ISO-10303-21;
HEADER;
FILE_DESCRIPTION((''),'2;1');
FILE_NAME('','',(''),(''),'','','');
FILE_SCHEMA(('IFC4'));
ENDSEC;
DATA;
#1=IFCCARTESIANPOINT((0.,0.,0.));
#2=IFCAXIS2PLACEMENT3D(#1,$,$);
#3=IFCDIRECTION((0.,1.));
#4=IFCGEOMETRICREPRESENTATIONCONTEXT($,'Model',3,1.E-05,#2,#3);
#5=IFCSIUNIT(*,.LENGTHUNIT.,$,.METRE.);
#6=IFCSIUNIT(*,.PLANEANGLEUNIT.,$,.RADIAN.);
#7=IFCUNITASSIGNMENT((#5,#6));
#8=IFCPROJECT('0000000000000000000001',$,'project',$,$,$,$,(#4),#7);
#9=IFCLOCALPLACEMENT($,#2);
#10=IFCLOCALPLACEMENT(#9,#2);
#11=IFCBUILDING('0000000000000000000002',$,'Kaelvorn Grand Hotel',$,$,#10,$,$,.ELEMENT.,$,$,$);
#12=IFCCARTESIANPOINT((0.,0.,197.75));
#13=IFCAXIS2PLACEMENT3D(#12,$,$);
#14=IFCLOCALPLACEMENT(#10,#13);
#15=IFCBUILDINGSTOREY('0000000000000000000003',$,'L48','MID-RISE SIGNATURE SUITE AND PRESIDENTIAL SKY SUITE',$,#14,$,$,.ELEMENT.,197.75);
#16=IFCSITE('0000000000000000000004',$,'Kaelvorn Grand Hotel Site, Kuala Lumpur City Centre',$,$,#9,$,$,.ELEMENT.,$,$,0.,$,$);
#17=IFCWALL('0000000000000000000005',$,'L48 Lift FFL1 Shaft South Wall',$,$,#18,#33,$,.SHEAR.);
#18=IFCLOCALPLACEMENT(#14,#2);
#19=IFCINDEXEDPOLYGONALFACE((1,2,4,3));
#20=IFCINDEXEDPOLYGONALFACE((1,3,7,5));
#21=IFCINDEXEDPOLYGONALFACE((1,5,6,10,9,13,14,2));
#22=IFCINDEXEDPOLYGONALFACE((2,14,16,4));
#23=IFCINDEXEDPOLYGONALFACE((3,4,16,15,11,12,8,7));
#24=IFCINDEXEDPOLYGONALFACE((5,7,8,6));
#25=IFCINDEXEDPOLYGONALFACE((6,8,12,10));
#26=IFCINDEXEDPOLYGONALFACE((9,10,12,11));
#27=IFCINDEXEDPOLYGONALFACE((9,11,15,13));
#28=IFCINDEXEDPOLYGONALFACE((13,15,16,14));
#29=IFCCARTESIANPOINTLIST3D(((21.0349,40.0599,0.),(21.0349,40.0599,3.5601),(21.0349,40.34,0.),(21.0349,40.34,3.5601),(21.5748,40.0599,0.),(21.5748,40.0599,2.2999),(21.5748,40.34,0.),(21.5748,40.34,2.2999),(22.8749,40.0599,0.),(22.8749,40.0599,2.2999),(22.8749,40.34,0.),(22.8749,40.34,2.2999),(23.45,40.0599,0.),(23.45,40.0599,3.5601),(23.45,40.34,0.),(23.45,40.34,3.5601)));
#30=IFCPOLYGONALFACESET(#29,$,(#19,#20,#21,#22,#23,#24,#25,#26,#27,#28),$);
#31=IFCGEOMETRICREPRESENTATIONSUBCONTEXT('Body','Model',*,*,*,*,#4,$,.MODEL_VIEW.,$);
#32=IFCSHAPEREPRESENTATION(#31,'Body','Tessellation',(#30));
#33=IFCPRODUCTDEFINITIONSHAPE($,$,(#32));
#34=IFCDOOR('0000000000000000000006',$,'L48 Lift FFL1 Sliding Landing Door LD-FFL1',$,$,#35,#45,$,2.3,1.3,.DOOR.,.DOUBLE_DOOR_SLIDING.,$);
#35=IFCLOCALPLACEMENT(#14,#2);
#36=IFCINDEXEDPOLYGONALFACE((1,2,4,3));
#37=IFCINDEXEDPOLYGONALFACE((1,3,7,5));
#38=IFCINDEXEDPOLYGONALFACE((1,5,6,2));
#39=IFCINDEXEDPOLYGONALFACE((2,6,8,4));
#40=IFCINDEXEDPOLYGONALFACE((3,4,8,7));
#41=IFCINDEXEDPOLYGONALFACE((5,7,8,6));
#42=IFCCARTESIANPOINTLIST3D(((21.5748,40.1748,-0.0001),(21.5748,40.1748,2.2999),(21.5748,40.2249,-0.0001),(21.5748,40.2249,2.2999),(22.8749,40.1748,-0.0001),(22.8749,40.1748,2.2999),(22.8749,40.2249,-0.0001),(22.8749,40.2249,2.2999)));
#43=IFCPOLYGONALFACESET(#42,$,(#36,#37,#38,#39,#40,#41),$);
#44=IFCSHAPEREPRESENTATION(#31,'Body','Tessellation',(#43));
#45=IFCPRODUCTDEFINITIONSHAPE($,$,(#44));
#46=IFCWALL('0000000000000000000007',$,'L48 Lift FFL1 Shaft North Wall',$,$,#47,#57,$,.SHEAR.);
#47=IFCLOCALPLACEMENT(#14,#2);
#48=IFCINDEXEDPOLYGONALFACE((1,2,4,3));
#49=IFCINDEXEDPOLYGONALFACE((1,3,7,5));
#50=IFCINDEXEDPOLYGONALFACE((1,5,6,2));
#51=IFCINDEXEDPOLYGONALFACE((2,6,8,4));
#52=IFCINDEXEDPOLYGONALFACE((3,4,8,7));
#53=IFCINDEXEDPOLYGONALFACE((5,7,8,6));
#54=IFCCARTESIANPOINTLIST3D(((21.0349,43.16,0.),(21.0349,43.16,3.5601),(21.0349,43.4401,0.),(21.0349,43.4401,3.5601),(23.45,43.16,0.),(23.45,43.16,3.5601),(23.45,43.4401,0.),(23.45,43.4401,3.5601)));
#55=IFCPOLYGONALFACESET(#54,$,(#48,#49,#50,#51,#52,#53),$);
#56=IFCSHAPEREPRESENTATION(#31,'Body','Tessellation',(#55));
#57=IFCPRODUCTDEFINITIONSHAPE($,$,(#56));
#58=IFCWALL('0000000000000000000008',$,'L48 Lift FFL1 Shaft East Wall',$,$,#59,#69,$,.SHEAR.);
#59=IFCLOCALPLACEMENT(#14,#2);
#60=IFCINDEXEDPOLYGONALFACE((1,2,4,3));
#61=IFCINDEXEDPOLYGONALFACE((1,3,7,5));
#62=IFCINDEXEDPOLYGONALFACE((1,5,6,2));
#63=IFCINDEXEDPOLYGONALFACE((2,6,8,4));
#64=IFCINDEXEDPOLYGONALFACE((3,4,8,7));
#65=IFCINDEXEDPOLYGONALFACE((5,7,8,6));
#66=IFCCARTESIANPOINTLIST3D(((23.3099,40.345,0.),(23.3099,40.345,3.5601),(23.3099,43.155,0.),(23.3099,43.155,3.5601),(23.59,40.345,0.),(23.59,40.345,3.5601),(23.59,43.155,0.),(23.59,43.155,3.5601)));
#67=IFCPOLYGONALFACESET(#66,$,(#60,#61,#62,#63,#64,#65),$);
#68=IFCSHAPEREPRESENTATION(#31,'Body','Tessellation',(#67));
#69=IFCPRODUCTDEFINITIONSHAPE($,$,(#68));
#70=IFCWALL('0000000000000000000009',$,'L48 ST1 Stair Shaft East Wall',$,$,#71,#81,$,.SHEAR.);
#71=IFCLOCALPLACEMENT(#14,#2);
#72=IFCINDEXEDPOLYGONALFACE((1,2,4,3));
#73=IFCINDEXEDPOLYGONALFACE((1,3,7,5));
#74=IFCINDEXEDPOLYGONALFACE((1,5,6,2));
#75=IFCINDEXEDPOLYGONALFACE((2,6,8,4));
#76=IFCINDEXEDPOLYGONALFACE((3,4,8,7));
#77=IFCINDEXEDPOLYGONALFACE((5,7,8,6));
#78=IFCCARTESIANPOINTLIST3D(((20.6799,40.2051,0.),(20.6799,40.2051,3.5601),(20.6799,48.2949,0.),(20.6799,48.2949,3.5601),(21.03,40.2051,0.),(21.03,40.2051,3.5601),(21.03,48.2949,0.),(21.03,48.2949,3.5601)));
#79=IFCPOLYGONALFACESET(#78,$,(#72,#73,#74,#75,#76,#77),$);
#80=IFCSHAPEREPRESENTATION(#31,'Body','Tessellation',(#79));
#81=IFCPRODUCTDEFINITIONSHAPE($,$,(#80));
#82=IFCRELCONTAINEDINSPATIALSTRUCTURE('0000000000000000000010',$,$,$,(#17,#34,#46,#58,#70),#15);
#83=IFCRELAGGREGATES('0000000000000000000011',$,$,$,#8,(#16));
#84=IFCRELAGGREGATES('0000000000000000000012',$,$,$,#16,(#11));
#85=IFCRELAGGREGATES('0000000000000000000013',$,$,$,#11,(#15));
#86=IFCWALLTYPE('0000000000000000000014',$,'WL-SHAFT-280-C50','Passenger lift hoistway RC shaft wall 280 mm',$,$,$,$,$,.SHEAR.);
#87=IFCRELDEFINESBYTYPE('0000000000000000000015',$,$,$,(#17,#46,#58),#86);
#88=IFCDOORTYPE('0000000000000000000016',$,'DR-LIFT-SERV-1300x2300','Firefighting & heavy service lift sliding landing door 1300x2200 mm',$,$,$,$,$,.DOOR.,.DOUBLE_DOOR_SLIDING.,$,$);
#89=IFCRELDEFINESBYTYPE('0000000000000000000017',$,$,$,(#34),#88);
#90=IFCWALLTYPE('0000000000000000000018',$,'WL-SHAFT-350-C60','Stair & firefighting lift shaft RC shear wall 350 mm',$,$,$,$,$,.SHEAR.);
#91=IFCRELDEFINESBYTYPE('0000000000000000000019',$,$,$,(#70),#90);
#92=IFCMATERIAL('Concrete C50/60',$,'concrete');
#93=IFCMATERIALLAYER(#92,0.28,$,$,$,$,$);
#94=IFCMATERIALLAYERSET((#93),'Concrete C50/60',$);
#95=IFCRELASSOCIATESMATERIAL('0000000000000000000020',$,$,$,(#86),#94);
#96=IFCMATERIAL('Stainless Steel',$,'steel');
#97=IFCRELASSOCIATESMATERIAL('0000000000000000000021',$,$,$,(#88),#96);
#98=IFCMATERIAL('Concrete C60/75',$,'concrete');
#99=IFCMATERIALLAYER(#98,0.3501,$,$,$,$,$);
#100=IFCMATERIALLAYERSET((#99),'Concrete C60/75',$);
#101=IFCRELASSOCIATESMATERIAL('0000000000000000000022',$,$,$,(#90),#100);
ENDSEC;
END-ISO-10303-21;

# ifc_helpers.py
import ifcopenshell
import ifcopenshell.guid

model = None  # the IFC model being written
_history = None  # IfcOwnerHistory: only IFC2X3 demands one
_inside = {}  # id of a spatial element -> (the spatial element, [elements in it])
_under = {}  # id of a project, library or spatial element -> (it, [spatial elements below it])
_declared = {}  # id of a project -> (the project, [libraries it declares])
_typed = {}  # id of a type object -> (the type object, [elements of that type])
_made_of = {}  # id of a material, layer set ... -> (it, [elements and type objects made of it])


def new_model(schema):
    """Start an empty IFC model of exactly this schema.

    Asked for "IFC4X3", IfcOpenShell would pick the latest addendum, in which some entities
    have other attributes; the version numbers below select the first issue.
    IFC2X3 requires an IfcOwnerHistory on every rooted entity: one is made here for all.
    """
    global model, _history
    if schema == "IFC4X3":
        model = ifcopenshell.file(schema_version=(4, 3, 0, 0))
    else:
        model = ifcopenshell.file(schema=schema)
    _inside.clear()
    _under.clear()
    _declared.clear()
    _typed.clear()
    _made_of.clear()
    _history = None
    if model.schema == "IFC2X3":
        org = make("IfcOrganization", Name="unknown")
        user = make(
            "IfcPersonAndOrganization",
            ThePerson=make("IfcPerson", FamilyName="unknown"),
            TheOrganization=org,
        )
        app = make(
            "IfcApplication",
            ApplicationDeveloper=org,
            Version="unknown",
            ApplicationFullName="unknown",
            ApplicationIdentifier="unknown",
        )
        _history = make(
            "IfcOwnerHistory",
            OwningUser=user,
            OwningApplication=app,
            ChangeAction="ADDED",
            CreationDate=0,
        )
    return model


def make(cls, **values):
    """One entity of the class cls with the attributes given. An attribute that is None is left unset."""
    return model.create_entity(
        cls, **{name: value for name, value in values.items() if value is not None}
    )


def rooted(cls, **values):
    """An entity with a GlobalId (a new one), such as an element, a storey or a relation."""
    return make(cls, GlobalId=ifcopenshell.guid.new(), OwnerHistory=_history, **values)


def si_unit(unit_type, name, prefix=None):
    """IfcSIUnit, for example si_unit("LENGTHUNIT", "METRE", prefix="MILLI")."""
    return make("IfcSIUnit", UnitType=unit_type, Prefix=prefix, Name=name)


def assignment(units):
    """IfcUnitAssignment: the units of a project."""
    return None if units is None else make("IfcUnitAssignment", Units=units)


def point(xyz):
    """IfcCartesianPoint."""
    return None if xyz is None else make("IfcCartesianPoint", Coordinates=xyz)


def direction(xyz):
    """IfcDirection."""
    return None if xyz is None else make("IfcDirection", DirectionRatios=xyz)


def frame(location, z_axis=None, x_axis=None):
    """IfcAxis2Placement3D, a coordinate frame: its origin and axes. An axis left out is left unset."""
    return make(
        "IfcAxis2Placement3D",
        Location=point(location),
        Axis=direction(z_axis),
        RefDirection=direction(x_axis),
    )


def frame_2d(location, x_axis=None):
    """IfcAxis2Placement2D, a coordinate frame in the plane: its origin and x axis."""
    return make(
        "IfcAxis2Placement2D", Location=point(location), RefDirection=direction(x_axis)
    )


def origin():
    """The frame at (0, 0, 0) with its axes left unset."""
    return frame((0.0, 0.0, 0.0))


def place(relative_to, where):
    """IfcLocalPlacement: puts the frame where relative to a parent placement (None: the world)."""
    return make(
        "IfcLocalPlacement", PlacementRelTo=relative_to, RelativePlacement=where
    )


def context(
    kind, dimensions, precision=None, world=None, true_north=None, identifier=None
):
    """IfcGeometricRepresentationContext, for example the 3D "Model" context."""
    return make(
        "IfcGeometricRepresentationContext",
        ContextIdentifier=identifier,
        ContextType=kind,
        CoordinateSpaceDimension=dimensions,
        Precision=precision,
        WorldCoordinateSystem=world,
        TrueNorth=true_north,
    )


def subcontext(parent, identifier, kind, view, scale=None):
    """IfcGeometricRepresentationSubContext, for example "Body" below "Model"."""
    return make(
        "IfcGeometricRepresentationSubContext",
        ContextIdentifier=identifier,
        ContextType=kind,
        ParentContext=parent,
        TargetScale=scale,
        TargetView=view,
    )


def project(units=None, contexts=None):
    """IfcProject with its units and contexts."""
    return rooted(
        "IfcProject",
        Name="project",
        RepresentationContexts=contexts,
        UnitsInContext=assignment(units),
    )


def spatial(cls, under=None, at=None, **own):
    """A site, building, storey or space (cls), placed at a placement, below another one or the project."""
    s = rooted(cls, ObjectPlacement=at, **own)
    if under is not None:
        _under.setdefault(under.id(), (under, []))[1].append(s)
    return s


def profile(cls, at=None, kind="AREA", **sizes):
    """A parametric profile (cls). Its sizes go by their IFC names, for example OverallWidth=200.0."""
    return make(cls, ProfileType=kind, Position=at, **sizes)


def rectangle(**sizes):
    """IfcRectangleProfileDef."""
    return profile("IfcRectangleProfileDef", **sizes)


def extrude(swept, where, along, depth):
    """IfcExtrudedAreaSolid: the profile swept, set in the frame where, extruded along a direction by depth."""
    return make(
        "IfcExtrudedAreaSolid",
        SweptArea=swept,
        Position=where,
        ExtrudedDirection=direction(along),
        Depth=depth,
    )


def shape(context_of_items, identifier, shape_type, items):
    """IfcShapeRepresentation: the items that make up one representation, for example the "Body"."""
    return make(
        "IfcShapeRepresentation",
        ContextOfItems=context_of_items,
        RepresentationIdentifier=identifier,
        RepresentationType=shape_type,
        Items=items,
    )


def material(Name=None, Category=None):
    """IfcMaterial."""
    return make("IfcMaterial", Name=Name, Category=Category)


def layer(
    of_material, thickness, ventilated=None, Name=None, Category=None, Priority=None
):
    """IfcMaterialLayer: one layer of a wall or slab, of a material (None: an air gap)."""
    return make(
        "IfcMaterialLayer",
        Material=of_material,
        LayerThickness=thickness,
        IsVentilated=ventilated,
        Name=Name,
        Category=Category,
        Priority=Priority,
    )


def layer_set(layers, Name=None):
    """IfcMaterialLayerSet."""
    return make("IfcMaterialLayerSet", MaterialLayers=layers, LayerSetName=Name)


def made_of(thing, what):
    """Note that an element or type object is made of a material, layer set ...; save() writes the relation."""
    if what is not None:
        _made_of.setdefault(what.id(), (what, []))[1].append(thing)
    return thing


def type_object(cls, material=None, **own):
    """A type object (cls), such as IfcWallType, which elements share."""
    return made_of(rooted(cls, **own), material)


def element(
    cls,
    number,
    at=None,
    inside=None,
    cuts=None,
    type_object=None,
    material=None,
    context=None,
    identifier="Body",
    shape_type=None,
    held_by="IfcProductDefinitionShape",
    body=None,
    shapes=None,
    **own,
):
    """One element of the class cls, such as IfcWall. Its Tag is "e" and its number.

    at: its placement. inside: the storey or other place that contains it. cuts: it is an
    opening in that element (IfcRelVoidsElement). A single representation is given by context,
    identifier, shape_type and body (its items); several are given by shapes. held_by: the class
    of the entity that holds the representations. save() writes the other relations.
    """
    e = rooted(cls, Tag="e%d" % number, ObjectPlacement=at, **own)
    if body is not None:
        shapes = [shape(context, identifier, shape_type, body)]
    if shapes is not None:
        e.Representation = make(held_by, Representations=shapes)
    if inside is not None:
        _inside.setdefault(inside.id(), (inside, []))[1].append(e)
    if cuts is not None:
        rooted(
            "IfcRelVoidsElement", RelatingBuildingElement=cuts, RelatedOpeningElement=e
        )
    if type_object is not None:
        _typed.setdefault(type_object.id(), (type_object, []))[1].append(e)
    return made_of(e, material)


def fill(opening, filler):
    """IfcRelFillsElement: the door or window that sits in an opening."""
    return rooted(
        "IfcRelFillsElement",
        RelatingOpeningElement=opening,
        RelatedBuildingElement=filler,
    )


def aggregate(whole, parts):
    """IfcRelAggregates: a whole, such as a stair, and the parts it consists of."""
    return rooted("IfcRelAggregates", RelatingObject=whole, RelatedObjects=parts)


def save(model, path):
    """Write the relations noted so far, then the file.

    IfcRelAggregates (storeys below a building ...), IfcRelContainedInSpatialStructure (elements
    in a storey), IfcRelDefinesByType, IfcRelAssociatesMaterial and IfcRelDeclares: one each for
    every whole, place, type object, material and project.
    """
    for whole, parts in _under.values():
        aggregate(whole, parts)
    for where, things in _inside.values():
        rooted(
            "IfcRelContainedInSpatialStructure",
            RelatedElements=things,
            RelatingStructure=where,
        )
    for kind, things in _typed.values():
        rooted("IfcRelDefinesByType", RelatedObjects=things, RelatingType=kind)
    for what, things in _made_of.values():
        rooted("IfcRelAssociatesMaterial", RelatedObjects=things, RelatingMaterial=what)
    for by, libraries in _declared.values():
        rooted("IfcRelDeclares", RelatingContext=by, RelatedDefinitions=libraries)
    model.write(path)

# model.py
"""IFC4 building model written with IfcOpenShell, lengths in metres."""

from ifc_helpers import new_model, si_unit, direction, frame, frame_2d, origin, place, context, subcontext, project, spatial, rectangle, extrude, material, layer, layer_set, type_object, element, fill, save


model = new_model("IFC4")

# Units and contexts
model_context = context("Model", 3, precision=1e-05, world=origin(), true_north=direction((0.0, 1.0)))
body_context = subcontext(model_context, "Body", "Model", "MODEL_VIEW")
ifc_project = project(units=[si_unit("LENGTHUNIT", "METRE"), si_unit("PLANEANGLEUNIT", "RADIAN")], contexts=[model_context])

# Site, building, storey
site_placement = place(None, origin())
site = spatial("IfcSite", under=ifc_project, at=site_placement, Name="Kaelvorn Grand Hotel Site, Kuala Lumpur City Centre", CompositionType="ELEMENT", RefElevation=0.0)
building_placement = place(site_placement, origin())
building = spatial("IfcBuilding", under=site, at=building_placement, Name="Kaelvorn Grand Hotel", CompositionType="ELEMENT")
storey_placement = place(building_placement, frame((0.0, 0.0, 197.75)))
storey = spatial("IfcBuildingStorey", under=building, at=storey_placement, Name="L48", Description="MID-RISE SIGNATURE SUITE AND PRESIDENTIAL SKY SUITE", CompositionType="ELEMENT", Elevation=197.75)

# Shared definitions
ifc_material_1 = material(Name="Concrete C60/75", Category="concrete")

# Shared definitions
ifc_material_2 = material(Name="Concrete C50/60", Category="concrete")

# Wall, opening, door
ifc_layer_1 = layer(ifc_material_2, 0.28)
ifc_layer_set_1 = layer_set([ifc_layer_1], Name="Concrete C50/60")
wall_type_1 = type_object("IfcWallType", Name="WL-SHAFT-280-C50", Description="Passenger lift hoistway RC shaft wall 280 mm", PredefinedType="SHEAR", material=ifc_layer_set_1)
wall_1_placement = place(storey_placement, frame((21.0349, 40.2, 0.0), z_axis=(0.0, 0.0, 1.0), x_axis=(1.0, 0.0, 0.0)))
wall_1 = element("IfcWall", 1, at=wall_1_placement, inside=storey, type_object=wall_type_1, Name="L48 Lift FFL1 Shaft South Wall", PredefinedType="SHEAR", context=body_context, shape_type="SweptSolid", body=[
    extrude(rectangle(XDim=2.415, YDim=0.28, at=frame_2d((1.2075, 0.0))), origin(), (0.0, 0.0, 1.0), 3.5601),
])
opening_1_placement = place(wall_1_placement, frame((0.54, 0.0, 0.0)))
opening_1 = element("IfcOpeningElement", 2, at=opening_1_placement, cuts=wall_1, PredefinedType="OPENING", context=body_context, shape_type="SweptSolid", body=[
    extrude(rectangle(XDim=1.3, YDim=2.3, at=frame_2d((0.6499, 1.1499))), frame((0.0, 0.1499, 0.0), z_axis=(0.0, -1.0, 0.0), x_axis=(1.0, 0.0, 0.0)), (0.0, 0.0, 1.0), 0.3),
])
ifc_material_3 = material(Name="Stainless Steel", Category="steel")
door_type_1 = type_object("IfcDoorType", Name="DR-LIFT-SERV-1300x2300", Description="Firefighting & heavy service lift sliding landing door 1300x2200 mm", OperationType="DOUBLE_DOOR_SLIDING", PredefinedType="DOOR", material=ifc_material_3)
door_1_placement = place(opening_1_placement, origin())
door_1 = element("IfcDoor", 3, at=door_1_placement, inside=storey, type_object=door_type_1, Name="L48 Lift FFL1 Sliding Landing Door LD-FFL1", OperationType="DOUBLE_DOOR_SLIDING", OverallHeight=2.3, OverallWidth=1.3, PredefinedType="DOOR", context=body_context, shape_type="SweptSolid", body=[
    extrude(rectangle(XDim=1.3, YDim=2.3, at=frame_2d((0.6499, 1.1499))), frame((0.0, 0.0249, 0.0), z_axis=(0.0, -1.0, 0.0), x_axis=(1.0, 0.0, 0.0)), (0.0, 0.0, 1.0), 0.05),
])
fill(opening_1, door_1)

# Walls
wall_2_placement = place(storey_placement, frame((21.0349, 43.3, 0.0), z_axis=(0.0, 0.0, 1.0), x_axis=(1.0, 0.0, 0.0)))
element("IfcWall", 4, at=wall_2_placement, inside=storey, type_object=wall_type_1, Name="L48 Lift FFL1 Shaft North Wall", PredefinedType="SHEAR", context=body_context, shape_type="SweptSolid", body=[
    extrude(rectangle(XDim=2.415, YDim=0.28, at=frame_2d((1.2075, 0.0))), origin(), (0.0, 0.0, 1.0), 3.5601),
])
wall_3_placement = place(storey_placement, frame((23.45, 40.345, 0.0), z_axis=(0.0, 0.0, 1.0), x_axis=(0.0, 1.0, 0.0)))
element("IfcWall", 5, at=wall_3_placement, inside=storey, type_object=wall_type_1, Name="L48 Lift FFL1 Shaft East Wall", PredefinedType="SHEAR", context=body_context, shape_type="SweptSolid", body=[
    extrude(rectangle(XDim=2.8101, YDim=0.28, at=frame_2d((1.405, 0.0))), origin(), (0.0, 0.0, 1.0), 3.5601),
])
ifc_layer_2 = layer(ifc_material_1, 0.3501)
ifc_layer_set_2 = layer_set([ifc_layer_2], Name="Concrete C60/75")
wall_type_2 = type_object("IfcWallType", Name="WL-SHAFT-350-C60", Description="Stair & firefighting lift shaft RC shear wall 350 mm", PredefinedType="SHEAR", material=ifc_layer_set_2)
wall_4_placement = place(storey_placement, frame((20.855, 40.2051, 0.0), z_axis=(0.0, 0.0, 1.0), x_axis=(0.0, 1.0, 0.0)))
element("IfcWall", 6, at=wall_4_placement, inside=storey, type_object=wall_type_2, Name="L48 ST1 Stair Shaft East Wall", PredefinedType="SHEAR", context=body_context, shape_type="SweptSolid", body=[
    extrude(rectangle(XDim=8.0898, YDim=0.3501, at=frame_2d((4.0449, 0.0))), origin(), (0.0, 0.0, 1.0), 3.5601),
])

save(model, "model.ifc")
